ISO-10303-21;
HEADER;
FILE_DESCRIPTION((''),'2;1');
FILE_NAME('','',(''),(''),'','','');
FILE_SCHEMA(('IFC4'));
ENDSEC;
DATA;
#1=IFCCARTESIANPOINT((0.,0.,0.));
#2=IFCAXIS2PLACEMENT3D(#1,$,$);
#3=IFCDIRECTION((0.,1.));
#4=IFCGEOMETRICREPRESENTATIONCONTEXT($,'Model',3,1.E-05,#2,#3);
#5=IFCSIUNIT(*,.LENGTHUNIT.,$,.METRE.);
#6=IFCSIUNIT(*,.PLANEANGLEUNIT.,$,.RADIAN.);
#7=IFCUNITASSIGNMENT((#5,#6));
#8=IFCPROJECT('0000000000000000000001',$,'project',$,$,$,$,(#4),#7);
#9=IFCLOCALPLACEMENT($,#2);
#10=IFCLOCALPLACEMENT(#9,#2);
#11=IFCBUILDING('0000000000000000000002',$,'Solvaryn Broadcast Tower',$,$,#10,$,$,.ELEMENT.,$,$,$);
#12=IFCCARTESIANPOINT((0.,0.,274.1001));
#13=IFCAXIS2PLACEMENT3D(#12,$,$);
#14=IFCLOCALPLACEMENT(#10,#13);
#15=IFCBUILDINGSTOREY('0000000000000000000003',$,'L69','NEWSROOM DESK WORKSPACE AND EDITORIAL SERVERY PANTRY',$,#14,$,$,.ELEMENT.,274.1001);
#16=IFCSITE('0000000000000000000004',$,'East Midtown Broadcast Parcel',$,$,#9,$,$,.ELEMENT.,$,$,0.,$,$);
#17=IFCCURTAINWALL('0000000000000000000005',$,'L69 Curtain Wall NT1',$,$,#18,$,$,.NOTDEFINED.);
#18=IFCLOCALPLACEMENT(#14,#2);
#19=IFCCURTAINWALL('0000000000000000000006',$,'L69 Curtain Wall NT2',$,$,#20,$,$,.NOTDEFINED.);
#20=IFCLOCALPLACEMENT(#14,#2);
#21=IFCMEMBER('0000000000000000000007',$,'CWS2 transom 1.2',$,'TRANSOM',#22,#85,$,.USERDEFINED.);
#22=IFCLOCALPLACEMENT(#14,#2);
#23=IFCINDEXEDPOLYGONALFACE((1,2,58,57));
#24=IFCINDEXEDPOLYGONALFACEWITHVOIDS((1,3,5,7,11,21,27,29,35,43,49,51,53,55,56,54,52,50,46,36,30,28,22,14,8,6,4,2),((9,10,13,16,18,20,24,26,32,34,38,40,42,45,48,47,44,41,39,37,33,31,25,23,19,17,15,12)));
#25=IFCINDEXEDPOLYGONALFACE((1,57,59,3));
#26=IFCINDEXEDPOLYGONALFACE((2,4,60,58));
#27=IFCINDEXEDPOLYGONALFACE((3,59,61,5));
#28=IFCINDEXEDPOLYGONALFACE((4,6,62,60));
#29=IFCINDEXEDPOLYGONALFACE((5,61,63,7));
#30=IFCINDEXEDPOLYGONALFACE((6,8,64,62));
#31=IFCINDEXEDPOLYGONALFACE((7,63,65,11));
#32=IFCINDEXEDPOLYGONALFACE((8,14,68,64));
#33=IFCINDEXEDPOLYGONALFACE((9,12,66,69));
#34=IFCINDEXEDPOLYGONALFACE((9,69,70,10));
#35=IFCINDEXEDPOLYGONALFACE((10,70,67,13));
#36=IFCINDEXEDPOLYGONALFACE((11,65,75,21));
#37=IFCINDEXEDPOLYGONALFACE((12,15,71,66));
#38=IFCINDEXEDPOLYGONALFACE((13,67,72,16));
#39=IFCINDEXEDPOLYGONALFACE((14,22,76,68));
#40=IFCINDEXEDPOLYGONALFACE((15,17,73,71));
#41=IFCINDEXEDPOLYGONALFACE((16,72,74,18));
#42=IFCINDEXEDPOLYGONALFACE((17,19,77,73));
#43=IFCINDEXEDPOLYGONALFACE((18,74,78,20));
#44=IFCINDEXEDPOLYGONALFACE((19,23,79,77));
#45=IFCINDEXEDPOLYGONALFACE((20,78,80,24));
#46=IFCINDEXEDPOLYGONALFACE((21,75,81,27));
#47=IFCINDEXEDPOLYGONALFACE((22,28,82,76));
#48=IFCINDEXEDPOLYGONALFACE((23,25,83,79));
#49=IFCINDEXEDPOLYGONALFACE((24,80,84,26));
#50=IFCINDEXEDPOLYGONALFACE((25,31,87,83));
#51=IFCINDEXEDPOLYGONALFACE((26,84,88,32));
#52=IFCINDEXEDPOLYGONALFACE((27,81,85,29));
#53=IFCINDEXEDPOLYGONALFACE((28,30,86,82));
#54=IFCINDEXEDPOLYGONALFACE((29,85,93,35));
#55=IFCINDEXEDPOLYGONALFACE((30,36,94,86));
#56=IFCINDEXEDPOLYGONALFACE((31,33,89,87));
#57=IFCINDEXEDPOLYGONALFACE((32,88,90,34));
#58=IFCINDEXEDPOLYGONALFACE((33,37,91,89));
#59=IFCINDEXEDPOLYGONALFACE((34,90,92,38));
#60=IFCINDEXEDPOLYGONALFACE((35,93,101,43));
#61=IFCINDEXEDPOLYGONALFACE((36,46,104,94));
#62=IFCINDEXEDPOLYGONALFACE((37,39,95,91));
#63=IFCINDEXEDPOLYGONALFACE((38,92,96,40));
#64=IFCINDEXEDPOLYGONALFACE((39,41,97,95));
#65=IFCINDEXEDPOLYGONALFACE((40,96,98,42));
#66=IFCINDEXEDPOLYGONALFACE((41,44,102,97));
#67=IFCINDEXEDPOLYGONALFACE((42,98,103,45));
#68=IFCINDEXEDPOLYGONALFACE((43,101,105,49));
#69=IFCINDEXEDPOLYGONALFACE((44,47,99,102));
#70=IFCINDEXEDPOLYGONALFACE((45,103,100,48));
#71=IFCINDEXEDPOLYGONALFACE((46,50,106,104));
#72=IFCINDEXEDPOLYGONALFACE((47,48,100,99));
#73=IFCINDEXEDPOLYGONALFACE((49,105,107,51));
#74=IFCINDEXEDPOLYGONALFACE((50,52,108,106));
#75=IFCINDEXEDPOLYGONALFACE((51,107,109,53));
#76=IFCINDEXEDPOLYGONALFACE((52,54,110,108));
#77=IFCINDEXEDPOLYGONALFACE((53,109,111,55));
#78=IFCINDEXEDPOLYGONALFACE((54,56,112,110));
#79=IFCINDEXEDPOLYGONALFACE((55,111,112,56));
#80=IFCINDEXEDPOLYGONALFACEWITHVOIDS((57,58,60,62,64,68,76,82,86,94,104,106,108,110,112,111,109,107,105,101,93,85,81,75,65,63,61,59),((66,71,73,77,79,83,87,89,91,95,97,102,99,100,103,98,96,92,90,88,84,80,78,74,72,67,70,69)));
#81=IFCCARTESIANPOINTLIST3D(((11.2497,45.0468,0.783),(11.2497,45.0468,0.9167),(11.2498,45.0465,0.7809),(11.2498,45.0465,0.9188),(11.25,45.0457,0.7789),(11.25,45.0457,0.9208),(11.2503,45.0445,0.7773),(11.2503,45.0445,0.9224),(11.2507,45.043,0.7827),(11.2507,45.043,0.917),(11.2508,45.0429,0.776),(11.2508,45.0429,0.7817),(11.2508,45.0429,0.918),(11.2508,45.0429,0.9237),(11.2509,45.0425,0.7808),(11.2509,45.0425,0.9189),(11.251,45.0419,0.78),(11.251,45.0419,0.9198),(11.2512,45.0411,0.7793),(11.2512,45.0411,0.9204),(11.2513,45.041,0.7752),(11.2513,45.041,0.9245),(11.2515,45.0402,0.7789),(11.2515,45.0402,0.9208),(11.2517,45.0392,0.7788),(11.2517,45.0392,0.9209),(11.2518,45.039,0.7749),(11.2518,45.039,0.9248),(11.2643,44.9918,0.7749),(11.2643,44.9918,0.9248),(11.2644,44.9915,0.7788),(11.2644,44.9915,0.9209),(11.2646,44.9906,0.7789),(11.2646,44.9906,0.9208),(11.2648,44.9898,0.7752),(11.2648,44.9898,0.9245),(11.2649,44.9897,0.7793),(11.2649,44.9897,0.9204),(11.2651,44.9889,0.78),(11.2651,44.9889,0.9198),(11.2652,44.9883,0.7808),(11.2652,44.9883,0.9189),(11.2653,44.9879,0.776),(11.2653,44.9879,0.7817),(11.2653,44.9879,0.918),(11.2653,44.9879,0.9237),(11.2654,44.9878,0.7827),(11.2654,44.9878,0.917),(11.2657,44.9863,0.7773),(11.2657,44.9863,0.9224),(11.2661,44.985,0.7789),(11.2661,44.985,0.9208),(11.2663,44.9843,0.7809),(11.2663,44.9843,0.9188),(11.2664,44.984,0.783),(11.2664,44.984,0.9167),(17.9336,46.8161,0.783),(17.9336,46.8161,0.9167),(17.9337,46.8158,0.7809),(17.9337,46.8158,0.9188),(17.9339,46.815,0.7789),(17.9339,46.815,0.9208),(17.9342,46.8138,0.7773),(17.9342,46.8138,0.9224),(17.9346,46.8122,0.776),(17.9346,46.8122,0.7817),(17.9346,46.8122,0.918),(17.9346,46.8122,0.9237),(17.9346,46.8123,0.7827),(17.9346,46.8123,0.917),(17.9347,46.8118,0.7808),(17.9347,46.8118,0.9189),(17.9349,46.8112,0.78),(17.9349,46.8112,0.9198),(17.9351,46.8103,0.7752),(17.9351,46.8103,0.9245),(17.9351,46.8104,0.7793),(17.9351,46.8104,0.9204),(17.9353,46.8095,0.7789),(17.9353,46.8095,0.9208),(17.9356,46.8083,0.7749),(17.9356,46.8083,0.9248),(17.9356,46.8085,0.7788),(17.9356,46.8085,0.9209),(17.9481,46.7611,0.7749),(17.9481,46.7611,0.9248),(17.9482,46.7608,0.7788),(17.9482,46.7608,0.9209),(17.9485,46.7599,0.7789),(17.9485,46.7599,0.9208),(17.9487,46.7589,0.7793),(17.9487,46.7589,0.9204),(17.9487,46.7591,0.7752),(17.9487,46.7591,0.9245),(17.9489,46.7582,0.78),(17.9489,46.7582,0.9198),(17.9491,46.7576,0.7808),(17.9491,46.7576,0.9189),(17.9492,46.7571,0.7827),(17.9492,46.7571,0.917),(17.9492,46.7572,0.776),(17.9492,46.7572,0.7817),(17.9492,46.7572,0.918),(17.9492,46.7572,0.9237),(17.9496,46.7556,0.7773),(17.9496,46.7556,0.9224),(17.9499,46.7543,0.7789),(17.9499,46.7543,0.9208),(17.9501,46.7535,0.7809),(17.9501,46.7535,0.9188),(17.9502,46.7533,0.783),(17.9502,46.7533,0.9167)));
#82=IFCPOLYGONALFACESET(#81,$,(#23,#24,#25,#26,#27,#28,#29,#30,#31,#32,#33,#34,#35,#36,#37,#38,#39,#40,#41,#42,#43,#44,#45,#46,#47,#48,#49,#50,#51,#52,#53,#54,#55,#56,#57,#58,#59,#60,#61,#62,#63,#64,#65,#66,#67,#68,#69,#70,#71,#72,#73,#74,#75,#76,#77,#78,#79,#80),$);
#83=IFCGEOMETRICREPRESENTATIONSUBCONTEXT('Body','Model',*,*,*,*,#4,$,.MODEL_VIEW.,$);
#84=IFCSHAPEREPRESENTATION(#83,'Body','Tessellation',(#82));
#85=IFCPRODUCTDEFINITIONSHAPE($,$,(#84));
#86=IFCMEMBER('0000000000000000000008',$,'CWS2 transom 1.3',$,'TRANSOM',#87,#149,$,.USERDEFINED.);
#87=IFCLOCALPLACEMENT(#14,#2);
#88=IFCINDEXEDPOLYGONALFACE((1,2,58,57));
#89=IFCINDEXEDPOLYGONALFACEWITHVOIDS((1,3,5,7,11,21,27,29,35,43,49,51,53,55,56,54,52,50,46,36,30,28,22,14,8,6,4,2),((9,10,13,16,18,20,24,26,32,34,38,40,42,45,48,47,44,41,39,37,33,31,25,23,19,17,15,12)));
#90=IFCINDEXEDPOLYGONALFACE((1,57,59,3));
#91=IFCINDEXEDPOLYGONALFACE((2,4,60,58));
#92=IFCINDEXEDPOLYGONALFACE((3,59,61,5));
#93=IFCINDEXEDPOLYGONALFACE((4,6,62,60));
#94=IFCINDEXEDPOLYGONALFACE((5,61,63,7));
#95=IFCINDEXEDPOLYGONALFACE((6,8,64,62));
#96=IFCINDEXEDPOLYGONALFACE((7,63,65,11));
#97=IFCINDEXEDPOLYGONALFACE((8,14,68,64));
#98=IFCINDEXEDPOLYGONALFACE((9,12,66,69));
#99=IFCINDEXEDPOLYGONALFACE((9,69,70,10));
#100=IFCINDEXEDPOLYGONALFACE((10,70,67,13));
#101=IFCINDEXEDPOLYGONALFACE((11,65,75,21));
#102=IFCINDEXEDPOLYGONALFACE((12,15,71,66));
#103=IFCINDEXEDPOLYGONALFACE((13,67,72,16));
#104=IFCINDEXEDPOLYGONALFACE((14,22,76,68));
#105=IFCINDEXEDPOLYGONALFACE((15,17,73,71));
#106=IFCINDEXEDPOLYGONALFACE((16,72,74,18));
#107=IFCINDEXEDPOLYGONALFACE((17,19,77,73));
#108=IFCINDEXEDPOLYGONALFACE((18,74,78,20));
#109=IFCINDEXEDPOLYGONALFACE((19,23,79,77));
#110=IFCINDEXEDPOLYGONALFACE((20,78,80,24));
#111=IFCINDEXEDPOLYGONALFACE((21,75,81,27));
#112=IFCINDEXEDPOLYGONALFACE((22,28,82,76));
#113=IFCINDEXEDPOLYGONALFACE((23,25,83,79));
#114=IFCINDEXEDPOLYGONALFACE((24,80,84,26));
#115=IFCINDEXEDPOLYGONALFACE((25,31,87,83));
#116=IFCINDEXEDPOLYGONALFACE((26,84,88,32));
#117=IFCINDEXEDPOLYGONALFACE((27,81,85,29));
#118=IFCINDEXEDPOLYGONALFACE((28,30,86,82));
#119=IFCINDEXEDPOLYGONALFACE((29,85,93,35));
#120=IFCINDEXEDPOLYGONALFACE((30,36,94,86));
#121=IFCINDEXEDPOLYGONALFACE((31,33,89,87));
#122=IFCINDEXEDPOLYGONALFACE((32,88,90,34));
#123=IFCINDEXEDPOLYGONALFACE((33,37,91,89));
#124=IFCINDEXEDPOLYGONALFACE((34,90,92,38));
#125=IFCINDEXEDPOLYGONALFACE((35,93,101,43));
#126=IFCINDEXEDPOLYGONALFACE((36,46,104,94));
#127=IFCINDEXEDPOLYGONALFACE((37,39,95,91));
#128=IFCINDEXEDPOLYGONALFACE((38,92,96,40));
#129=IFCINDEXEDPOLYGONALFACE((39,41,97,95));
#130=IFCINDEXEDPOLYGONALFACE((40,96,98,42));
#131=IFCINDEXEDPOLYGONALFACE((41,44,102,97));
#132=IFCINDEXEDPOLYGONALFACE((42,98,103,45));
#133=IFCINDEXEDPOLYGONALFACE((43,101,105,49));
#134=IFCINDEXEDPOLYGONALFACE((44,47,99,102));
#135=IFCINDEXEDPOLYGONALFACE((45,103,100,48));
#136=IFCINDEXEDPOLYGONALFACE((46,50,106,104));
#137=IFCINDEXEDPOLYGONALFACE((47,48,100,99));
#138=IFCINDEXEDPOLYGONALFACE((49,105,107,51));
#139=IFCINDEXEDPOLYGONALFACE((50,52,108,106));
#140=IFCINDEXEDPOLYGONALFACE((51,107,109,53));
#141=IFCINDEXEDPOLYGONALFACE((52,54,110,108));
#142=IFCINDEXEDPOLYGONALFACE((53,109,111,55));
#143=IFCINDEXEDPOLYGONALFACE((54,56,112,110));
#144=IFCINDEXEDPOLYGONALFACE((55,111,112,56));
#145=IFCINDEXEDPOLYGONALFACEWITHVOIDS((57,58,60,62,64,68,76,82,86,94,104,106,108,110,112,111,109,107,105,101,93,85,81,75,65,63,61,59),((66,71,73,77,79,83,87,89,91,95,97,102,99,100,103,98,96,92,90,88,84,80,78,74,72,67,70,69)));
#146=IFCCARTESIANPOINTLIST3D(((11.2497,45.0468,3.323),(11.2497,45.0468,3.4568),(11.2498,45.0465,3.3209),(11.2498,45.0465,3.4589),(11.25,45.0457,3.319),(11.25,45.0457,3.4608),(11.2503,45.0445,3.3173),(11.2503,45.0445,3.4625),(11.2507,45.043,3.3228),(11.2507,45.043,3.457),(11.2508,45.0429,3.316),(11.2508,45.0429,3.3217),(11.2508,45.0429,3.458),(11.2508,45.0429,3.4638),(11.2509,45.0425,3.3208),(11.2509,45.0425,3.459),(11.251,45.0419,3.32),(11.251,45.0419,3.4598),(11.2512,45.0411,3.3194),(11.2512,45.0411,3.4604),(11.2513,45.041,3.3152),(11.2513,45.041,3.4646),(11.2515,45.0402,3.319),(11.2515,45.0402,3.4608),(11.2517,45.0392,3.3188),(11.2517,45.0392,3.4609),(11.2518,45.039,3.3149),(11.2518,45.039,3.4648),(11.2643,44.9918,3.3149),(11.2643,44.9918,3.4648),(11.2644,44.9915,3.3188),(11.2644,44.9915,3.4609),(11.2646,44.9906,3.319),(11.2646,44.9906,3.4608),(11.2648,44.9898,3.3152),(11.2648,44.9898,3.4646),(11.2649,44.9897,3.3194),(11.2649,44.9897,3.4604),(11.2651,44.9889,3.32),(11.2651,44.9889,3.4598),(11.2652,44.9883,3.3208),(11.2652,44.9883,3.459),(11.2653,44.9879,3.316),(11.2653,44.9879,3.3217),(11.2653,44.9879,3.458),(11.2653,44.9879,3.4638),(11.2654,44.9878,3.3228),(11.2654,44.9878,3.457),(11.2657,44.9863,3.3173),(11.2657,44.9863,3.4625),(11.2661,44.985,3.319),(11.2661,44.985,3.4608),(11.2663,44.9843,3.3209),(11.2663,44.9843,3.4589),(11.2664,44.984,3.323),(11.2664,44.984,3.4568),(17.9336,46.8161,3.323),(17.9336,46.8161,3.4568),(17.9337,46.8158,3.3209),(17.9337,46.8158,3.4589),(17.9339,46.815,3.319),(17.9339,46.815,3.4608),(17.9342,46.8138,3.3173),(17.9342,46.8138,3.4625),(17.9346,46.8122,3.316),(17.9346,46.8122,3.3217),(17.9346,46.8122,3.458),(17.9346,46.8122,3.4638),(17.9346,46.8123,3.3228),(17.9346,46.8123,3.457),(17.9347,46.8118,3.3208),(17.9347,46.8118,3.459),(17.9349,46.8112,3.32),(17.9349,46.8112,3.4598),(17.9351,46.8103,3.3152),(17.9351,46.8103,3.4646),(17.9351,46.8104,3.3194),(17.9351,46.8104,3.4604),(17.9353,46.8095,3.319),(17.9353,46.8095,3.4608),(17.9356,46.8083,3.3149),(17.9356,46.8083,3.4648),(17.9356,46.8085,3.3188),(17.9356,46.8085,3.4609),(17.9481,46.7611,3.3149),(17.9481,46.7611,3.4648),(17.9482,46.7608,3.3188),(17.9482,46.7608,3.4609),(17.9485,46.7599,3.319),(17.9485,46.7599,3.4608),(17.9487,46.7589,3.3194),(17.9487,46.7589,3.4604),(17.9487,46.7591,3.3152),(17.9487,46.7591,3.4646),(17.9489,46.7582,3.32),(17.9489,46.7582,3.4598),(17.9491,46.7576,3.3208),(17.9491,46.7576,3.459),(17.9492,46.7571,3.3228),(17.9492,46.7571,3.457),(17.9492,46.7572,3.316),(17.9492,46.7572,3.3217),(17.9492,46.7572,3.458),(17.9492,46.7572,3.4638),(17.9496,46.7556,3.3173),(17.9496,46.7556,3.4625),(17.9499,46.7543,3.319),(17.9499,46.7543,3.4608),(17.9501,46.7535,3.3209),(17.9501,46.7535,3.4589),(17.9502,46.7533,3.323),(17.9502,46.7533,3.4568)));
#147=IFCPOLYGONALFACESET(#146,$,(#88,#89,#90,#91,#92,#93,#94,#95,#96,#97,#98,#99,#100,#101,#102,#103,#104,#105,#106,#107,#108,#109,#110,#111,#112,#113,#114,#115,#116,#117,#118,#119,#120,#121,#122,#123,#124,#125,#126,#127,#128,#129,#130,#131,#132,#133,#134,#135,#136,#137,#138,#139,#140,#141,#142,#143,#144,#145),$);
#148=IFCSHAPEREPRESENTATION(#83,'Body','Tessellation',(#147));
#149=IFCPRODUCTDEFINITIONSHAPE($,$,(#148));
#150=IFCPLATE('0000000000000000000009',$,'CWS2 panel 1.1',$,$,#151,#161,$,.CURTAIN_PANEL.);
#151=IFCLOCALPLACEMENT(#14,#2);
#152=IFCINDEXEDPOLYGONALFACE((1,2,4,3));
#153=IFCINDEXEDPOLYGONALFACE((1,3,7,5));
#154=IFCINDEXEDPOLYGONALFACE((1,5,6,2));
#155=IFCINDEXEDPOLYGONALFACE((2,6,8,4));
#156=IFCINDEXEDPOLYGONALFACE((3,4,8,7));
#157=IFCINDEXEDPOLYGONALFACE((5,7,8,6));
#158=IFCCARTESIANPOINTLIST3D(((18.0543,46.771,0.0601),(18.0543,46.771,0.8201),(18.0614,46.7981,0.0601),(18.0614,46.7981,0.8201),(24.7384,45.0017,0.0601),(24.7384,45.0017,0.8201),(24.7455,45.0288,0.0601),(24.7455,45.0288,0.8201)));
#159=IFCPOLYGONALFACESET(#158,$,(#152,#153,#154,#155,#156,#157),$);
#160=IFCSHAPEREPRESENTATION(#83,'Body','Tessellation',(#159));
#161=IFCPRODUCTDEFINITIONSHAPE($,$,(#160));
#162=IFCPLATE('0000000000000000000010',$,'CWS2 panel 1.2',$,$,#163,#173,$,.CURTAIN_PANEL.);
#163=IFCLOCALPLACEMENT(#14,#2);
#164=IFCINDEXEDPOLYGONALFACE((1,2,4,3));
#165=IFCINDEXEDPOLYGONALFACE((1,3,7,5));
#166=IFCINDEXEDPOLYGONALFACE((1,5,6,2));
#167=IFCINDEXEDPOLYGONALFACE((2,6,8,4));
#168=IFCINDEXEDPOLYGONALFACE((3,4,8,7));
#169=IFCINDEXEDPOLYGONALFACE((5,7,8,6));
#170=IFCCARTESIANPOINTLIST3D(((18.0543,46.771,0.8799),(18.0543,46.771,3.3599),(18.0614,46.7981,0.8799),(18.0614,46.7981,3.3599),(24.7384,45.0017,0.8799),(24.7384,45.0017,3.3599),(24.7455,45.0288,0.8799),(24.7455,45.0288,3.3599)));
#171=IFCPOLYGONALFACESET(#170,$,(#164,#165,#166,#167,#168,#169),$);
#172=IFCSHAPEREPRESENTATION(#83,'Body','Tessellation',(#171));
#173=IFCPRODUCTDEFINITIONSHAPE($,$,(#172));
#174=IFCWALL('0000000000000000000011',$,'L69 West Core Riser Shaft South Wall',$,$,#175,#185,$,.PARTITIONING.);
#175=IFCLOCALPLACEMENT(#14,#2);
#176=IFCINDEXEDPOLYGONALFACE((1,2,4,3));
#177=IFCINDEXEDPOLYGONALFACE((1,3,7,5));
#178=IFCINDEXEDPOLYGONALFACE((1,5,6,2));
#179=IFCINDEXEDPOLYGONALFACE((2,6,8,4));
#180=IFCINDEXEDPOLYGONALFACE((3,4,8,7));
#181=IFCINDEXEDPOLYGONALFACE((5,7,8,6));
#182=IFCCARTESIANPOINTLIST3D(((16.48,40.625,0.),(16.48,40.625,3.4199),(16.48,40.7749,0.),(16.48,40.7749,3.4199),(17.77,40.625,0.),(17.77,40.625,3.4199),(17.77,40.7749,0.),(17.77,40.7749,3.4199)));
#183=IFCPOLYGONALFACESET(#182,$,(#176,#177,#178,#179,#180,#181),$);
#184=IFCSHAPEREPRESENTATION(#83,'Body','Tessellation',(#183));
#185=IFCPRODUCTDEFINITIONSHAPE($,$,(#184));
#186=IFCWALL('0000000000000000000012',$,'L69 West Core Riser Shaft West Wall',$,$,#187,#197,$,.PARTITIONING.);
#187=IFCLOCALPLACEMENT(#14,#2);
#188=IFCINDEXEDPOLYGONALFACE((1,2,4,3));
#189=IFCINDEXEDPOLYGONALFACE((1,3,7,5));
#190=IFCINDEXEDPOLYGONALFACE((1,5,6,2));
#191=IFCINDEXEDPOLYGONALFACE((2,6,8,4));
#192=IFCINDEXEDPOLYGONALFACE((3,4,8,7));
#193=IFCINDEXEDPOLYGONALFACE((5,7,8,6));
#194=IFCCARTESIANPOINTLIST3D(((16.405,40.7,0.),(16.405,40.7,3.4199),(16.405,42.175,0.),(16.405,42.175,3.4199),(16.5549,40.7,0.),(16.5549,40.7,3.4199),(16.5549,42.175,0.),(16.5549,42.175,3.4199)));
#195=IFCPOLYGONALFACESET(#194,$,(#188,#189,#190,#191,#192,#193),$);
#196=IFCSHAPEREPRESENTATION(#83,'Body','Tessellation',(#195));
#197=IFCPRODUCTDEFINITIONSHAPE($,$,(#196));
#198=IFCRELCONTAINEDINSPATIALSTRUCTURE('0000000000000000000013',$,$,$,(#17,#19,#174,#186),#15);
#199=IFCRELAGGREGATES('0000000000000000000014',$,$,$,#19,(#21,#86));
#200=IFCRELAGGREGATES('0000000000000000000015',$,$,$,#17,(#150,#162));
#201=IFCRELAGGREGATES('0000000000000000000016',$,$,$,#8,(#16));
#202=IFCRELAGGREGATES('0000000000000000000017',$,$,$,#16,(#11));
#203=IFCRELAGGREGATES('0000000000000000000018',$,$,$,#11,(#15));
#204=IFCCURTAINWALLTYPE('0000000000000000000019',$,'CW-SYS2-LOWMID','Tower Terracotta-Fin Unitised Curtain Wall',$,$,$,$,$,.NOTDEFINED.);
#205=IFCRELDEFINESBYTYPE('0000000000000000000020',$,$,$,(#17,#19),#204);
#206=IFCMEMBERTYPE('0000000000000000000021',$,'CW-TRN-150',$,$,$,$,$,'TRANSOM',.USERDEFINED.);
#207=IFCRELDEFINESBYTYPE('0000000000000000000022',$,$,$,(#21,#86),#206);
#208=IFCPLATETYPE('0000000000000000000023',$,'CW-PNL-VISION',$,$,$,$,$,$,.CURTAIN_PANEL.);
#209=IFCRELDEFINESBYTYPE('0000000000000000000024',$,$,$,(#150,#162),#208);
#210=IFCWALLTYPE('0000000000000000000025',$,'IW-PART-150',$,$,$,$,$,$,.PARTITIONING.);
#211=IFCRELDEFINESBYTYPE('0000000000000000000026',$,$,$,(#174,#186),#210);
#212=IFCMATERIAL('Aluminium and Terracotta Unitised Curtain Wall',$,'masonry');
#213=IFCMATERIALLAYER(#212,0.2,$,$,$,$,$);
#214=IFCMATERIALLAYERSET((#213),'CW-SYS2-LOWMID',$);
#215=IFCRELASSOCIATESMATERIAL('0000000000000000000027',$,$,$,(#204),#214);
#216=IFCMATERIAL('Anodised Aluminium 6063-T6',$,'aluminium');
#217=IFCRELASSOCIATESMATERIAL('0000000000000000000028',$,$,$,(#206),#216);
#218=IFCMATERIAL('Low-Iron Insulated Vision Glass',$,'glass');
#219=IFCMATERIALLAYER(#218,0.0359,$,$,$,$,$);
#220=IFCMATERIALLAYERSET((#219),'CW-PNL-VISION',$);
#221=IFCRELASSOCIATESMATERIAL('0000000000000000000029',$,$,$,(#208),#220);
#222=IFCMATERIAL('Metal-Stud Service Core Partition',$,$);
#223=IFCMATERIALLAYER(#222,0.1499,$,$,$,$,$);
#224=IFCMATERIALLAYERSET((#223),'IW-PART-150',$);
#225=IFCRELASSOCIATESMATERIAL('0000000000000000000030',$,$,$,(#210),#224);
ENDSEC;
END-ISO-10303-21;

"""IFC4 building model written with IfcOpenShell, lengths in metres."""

from ifc_helpers import new_model, si_unit, direction, frame, frame_2d, origin, origin_2d, place, context, subcontext, project, spatial, rectangle, hollow_rectangle, extrude, material, layer, layer_set, material_profile, profile_set, type_object, element, aggregate, save


model = new_model("IFC4")

# Units and contexts
model_context = context("Model", 3, precision=1e-05, world=origin(), true_north=direction((0.0, 1.0)))
body_context = subcontext(model_context, "Body", "Model", "MODEL_VIEW")
ifc_project = project(units=[si_unit("LENGTHUNIT", "METRE"), si_unit("PLANEANGLEUNIT", "RADIAN")], contexts=[model_context])

# Site, building, storey
site_placement = place(None, origin())
site = spatial("IfcSite", under=ifc_project, at=site_placement, Name="East Midtown Broadcast Parcel", CompositionType="ELEMENT", RefElevation=0.0)
building_placement = place(site_placement, origin())
building = spatial("IfcBuilding", under=site, at=building_placement, Name="Solvaryn Broadcast Tower", CompositionType="ELEMENT")
storey_placement = place(building_placement, frame((0.0, 0.0, 274.1001)))
storey = spatial("IfcBuildingStorey", under=building, at=storey_placement, Name="L69", Description="NEWSROOM DESK WORKSPACE AND EDITORIAL SERVERY PANTRY", CompositionType="ELEMENT", Elevation=274.1001)

# Curtain wall
ifc_material_1 = material(Name="Aluminium and Terracotta Unitised Curtain Wall", Category="masonry")
ifc_layer_1 = layer(ifc_material_1, 0.2)
ifc_layer_set_1 = layer_set([ifc_layer_1], Name="CW-SYS2-LOWMID")
curtain_wall_type = type_object("IfcCurtainWallType", Name="CW-SYS2-LOWMID", Description="Tower Terracotta-Fin Unitised Curtain Wall", PredefinedType="NOTDEFINED", material=ifc_layer_set_1)
curtain_wall_1_placement = place(storey_placement, origin())
curtain_wall_1 = element("IfcCurtainWall", 1, at=curtain_wall_1_placement, inside=storey, type_object=curtain_wall_type, Name="L69 Curtain Wall NT1", PredefinedType="NOTDEFINED")

# Curtain wall, members
curtain_wall_2_placement = place(storey_placement, origin())
curtain_wall_2 = element("IfcCurtainWall", 2, at=curtain_wall_2_placement, inside=storey, type_object=curtain_wall_type, Name="L69 Curtain Wall NT2", PredefinedType="NOTDEFINED")
ifc_material_2 = material(Name="Anodised Aluminium 6063-T6", Category="aluminium")
ifc_material_profile_1 = material_profile(ifc_material_2, hollow_rectangle(XDim=0.0649, YDim=0.1499, WallThickness=0.0039, InnerFilletRadius=0.0039, OuterFilletRadius=0.0081, at=origin_2d()))
ifc_profile_set_1 = profile_set([ifc_material_profile_1], Name="Anodised Aluminium 6063-T6")
member_type_1 = type_object("IfcMemberType", Name="CW-TRN-150", ElementType="TRANSOM", PredefinedType="USERDEFINED", material=ifc_profile_set_1)
member_1_placement = place(storey_placement, frame((17.9419, 46.7847, 0.8499), z_axis=(-0.966704, -0.255897, 0.0), x_axis=(0.255897, -0.966704, 0.0)))
member_1 = element("IfcMember", 3, at=member_1_placement, type_object=member_type_1, Name="CWS2 transom 1.2", ObjectType="TRANSOM", PredefinedType="USERDEFINED", context=body_context, shape_type="SweptSolid", body=[
    extrude(hollow_rectangle(XDim=0.0649, YDim=0.1499, WallThickness=0.0039, InnerFilletRadius=0.0039, OuterFilletRadius=0.0081, at=origin_2d()), origin(), (0.0, 0.0, 1.0), 6.9141),
])
member_2_placement = place(storey_placement, frame((17.9419, 46.7847, 3.3899), z_axis=(-0.966704, -0.255897, 0.0), x_axis=(0.255897, -0.966704, 0.0)))
member_2 = element("IfcMember", 4, at=member_2_placement, type_object=member_type_1, Name="CWS2 transom 1.3", ObjectType="TRANSOM", PredefinedType="USERDEFINED", context=body_context, shape_type="SweptSolid", body=[
    extrude(hollow_rectangle(XDim=0.0649, YDim=0.1499, WallThickness=0.0039, InnerFilletRadius=0.0039, OuterFilletRadius=0.0081, at=origin_2d()), origin(), (0.0, 0.0, 1.0), 6.9141),
])
aggregate(curtain_wall_2, [member_1, member_2])

# Plates
ifc_material_3 = material(Name="Low-Iron Insulated Vision Glass", Category="glass")
ifc_layer_2 = layer(ifc_material_3, 0.0359)
ifc_layer_set_2 = layer_set([ifc_layer_2], Name="CW-PNL-VISION")
plate_type = type_object("IfcPlateType", Name="CW-PNL-VISION", PredefinedType="CURTAIN_PANEL", material=ifc_layer_set_2)
plate_1_placement = place(storey_placement, frame((21.3999, 45.8999, 0.0601), z_axis=(0.0, 0.0, 1.0), x_axis=(-0.966705, 0.255893, 0.0)))
plate_1 = element("IfcPlate", 5, at=plate_1_placement, type_object=plate_type, Name="CWS2 panel 1.1", PredefinedType="CURTAIN_PANEL", context=body_context, shape_type="SweptSolid", body=[
    extrude(rectangle(XDim=6.9143, YDim=0.0281, at=origin_2d()), origin(), (0.0, 0.0, 1.0), 0.76),
])
plate_2_placement = place(storey_placement, frame((21.3999, 45.8999, 0.8799), z_axis=(0.0, 0.0, 1.0), x_axis=(-0.966705, 0.255893, 0.0)))
plate_2 = element("IfcPlate", 6, at=plate_2_placement, type_object=plate_type, Name="CWS2 panel 1.2", PredefinedType="CURTAIN_PANEL", context=body_context, shape_type="SweptSolid", body=[
    extrude(rectangle(XDim=6.9143, YDim=0.0281, at=origin_2d()), origin(), (0.0, 0.0, 1.0), 2.48),
])
aggregate(curtain_wall_1, [plate_1, plate_2])

# Walls
ifc_material_4 = material(Name="Metal-Stud Service Core Partition")
ifc_layer_3 = layer(ifc_material_4, 0.1499)
ifc_layer_set_3 = layer_set([ifc_layer_3], Name="IW-PART-150")
wall_type_1 = type_object("IfcWallType", Name="IW-PART-150", PredefinedType="PARTITIONING", material=ifc_layer_set_3)
wall_1_placement = place(storey_placement, frame((16.48, 40.7, 0.0), z_axis=(0.0, 0.0, 1.0), x_axis=(1.0, 0.0, 0.0)))
element("IfcWall", 7, at=wall_1_placement, inside=storey, type_object=wall_type_1, Name="L69 West Core Riser Shaft South Wall", PredefinedType="PARTITIONING", context=body_context, shape_type="SweptSolid", body=[
    extrude(rectangle(XDim=1.29, YDim=0.1499, at=frame_2d((0.645, 0.0))), origin(), (0.0, 0.0, 1.0), 3.4199),
])
wall_2_placement = place(storey_placement, frame((16.48, 40.7, 0.0), z_axis=(0.0, 0.0, 1.0), x_axis=(0.0, 1.0, 0.0)))
element("IfcWall", 8, at=wall_2_placement, inside=storey, type_object=wall_type_1, Name="L69 West Core Riser Shaft West Wall", PredefinedType="PARTITIONING", context=body_context, shape_type="SweptSolid", body=[
    extrude(rectangle(XDim=1.4751, YDim=0.1499, at=frame_2d((0.7375, 0.0))), origin(), (0.0, 0.0, 1.0), 3.4199),
])

save(model, "model.ifc")
